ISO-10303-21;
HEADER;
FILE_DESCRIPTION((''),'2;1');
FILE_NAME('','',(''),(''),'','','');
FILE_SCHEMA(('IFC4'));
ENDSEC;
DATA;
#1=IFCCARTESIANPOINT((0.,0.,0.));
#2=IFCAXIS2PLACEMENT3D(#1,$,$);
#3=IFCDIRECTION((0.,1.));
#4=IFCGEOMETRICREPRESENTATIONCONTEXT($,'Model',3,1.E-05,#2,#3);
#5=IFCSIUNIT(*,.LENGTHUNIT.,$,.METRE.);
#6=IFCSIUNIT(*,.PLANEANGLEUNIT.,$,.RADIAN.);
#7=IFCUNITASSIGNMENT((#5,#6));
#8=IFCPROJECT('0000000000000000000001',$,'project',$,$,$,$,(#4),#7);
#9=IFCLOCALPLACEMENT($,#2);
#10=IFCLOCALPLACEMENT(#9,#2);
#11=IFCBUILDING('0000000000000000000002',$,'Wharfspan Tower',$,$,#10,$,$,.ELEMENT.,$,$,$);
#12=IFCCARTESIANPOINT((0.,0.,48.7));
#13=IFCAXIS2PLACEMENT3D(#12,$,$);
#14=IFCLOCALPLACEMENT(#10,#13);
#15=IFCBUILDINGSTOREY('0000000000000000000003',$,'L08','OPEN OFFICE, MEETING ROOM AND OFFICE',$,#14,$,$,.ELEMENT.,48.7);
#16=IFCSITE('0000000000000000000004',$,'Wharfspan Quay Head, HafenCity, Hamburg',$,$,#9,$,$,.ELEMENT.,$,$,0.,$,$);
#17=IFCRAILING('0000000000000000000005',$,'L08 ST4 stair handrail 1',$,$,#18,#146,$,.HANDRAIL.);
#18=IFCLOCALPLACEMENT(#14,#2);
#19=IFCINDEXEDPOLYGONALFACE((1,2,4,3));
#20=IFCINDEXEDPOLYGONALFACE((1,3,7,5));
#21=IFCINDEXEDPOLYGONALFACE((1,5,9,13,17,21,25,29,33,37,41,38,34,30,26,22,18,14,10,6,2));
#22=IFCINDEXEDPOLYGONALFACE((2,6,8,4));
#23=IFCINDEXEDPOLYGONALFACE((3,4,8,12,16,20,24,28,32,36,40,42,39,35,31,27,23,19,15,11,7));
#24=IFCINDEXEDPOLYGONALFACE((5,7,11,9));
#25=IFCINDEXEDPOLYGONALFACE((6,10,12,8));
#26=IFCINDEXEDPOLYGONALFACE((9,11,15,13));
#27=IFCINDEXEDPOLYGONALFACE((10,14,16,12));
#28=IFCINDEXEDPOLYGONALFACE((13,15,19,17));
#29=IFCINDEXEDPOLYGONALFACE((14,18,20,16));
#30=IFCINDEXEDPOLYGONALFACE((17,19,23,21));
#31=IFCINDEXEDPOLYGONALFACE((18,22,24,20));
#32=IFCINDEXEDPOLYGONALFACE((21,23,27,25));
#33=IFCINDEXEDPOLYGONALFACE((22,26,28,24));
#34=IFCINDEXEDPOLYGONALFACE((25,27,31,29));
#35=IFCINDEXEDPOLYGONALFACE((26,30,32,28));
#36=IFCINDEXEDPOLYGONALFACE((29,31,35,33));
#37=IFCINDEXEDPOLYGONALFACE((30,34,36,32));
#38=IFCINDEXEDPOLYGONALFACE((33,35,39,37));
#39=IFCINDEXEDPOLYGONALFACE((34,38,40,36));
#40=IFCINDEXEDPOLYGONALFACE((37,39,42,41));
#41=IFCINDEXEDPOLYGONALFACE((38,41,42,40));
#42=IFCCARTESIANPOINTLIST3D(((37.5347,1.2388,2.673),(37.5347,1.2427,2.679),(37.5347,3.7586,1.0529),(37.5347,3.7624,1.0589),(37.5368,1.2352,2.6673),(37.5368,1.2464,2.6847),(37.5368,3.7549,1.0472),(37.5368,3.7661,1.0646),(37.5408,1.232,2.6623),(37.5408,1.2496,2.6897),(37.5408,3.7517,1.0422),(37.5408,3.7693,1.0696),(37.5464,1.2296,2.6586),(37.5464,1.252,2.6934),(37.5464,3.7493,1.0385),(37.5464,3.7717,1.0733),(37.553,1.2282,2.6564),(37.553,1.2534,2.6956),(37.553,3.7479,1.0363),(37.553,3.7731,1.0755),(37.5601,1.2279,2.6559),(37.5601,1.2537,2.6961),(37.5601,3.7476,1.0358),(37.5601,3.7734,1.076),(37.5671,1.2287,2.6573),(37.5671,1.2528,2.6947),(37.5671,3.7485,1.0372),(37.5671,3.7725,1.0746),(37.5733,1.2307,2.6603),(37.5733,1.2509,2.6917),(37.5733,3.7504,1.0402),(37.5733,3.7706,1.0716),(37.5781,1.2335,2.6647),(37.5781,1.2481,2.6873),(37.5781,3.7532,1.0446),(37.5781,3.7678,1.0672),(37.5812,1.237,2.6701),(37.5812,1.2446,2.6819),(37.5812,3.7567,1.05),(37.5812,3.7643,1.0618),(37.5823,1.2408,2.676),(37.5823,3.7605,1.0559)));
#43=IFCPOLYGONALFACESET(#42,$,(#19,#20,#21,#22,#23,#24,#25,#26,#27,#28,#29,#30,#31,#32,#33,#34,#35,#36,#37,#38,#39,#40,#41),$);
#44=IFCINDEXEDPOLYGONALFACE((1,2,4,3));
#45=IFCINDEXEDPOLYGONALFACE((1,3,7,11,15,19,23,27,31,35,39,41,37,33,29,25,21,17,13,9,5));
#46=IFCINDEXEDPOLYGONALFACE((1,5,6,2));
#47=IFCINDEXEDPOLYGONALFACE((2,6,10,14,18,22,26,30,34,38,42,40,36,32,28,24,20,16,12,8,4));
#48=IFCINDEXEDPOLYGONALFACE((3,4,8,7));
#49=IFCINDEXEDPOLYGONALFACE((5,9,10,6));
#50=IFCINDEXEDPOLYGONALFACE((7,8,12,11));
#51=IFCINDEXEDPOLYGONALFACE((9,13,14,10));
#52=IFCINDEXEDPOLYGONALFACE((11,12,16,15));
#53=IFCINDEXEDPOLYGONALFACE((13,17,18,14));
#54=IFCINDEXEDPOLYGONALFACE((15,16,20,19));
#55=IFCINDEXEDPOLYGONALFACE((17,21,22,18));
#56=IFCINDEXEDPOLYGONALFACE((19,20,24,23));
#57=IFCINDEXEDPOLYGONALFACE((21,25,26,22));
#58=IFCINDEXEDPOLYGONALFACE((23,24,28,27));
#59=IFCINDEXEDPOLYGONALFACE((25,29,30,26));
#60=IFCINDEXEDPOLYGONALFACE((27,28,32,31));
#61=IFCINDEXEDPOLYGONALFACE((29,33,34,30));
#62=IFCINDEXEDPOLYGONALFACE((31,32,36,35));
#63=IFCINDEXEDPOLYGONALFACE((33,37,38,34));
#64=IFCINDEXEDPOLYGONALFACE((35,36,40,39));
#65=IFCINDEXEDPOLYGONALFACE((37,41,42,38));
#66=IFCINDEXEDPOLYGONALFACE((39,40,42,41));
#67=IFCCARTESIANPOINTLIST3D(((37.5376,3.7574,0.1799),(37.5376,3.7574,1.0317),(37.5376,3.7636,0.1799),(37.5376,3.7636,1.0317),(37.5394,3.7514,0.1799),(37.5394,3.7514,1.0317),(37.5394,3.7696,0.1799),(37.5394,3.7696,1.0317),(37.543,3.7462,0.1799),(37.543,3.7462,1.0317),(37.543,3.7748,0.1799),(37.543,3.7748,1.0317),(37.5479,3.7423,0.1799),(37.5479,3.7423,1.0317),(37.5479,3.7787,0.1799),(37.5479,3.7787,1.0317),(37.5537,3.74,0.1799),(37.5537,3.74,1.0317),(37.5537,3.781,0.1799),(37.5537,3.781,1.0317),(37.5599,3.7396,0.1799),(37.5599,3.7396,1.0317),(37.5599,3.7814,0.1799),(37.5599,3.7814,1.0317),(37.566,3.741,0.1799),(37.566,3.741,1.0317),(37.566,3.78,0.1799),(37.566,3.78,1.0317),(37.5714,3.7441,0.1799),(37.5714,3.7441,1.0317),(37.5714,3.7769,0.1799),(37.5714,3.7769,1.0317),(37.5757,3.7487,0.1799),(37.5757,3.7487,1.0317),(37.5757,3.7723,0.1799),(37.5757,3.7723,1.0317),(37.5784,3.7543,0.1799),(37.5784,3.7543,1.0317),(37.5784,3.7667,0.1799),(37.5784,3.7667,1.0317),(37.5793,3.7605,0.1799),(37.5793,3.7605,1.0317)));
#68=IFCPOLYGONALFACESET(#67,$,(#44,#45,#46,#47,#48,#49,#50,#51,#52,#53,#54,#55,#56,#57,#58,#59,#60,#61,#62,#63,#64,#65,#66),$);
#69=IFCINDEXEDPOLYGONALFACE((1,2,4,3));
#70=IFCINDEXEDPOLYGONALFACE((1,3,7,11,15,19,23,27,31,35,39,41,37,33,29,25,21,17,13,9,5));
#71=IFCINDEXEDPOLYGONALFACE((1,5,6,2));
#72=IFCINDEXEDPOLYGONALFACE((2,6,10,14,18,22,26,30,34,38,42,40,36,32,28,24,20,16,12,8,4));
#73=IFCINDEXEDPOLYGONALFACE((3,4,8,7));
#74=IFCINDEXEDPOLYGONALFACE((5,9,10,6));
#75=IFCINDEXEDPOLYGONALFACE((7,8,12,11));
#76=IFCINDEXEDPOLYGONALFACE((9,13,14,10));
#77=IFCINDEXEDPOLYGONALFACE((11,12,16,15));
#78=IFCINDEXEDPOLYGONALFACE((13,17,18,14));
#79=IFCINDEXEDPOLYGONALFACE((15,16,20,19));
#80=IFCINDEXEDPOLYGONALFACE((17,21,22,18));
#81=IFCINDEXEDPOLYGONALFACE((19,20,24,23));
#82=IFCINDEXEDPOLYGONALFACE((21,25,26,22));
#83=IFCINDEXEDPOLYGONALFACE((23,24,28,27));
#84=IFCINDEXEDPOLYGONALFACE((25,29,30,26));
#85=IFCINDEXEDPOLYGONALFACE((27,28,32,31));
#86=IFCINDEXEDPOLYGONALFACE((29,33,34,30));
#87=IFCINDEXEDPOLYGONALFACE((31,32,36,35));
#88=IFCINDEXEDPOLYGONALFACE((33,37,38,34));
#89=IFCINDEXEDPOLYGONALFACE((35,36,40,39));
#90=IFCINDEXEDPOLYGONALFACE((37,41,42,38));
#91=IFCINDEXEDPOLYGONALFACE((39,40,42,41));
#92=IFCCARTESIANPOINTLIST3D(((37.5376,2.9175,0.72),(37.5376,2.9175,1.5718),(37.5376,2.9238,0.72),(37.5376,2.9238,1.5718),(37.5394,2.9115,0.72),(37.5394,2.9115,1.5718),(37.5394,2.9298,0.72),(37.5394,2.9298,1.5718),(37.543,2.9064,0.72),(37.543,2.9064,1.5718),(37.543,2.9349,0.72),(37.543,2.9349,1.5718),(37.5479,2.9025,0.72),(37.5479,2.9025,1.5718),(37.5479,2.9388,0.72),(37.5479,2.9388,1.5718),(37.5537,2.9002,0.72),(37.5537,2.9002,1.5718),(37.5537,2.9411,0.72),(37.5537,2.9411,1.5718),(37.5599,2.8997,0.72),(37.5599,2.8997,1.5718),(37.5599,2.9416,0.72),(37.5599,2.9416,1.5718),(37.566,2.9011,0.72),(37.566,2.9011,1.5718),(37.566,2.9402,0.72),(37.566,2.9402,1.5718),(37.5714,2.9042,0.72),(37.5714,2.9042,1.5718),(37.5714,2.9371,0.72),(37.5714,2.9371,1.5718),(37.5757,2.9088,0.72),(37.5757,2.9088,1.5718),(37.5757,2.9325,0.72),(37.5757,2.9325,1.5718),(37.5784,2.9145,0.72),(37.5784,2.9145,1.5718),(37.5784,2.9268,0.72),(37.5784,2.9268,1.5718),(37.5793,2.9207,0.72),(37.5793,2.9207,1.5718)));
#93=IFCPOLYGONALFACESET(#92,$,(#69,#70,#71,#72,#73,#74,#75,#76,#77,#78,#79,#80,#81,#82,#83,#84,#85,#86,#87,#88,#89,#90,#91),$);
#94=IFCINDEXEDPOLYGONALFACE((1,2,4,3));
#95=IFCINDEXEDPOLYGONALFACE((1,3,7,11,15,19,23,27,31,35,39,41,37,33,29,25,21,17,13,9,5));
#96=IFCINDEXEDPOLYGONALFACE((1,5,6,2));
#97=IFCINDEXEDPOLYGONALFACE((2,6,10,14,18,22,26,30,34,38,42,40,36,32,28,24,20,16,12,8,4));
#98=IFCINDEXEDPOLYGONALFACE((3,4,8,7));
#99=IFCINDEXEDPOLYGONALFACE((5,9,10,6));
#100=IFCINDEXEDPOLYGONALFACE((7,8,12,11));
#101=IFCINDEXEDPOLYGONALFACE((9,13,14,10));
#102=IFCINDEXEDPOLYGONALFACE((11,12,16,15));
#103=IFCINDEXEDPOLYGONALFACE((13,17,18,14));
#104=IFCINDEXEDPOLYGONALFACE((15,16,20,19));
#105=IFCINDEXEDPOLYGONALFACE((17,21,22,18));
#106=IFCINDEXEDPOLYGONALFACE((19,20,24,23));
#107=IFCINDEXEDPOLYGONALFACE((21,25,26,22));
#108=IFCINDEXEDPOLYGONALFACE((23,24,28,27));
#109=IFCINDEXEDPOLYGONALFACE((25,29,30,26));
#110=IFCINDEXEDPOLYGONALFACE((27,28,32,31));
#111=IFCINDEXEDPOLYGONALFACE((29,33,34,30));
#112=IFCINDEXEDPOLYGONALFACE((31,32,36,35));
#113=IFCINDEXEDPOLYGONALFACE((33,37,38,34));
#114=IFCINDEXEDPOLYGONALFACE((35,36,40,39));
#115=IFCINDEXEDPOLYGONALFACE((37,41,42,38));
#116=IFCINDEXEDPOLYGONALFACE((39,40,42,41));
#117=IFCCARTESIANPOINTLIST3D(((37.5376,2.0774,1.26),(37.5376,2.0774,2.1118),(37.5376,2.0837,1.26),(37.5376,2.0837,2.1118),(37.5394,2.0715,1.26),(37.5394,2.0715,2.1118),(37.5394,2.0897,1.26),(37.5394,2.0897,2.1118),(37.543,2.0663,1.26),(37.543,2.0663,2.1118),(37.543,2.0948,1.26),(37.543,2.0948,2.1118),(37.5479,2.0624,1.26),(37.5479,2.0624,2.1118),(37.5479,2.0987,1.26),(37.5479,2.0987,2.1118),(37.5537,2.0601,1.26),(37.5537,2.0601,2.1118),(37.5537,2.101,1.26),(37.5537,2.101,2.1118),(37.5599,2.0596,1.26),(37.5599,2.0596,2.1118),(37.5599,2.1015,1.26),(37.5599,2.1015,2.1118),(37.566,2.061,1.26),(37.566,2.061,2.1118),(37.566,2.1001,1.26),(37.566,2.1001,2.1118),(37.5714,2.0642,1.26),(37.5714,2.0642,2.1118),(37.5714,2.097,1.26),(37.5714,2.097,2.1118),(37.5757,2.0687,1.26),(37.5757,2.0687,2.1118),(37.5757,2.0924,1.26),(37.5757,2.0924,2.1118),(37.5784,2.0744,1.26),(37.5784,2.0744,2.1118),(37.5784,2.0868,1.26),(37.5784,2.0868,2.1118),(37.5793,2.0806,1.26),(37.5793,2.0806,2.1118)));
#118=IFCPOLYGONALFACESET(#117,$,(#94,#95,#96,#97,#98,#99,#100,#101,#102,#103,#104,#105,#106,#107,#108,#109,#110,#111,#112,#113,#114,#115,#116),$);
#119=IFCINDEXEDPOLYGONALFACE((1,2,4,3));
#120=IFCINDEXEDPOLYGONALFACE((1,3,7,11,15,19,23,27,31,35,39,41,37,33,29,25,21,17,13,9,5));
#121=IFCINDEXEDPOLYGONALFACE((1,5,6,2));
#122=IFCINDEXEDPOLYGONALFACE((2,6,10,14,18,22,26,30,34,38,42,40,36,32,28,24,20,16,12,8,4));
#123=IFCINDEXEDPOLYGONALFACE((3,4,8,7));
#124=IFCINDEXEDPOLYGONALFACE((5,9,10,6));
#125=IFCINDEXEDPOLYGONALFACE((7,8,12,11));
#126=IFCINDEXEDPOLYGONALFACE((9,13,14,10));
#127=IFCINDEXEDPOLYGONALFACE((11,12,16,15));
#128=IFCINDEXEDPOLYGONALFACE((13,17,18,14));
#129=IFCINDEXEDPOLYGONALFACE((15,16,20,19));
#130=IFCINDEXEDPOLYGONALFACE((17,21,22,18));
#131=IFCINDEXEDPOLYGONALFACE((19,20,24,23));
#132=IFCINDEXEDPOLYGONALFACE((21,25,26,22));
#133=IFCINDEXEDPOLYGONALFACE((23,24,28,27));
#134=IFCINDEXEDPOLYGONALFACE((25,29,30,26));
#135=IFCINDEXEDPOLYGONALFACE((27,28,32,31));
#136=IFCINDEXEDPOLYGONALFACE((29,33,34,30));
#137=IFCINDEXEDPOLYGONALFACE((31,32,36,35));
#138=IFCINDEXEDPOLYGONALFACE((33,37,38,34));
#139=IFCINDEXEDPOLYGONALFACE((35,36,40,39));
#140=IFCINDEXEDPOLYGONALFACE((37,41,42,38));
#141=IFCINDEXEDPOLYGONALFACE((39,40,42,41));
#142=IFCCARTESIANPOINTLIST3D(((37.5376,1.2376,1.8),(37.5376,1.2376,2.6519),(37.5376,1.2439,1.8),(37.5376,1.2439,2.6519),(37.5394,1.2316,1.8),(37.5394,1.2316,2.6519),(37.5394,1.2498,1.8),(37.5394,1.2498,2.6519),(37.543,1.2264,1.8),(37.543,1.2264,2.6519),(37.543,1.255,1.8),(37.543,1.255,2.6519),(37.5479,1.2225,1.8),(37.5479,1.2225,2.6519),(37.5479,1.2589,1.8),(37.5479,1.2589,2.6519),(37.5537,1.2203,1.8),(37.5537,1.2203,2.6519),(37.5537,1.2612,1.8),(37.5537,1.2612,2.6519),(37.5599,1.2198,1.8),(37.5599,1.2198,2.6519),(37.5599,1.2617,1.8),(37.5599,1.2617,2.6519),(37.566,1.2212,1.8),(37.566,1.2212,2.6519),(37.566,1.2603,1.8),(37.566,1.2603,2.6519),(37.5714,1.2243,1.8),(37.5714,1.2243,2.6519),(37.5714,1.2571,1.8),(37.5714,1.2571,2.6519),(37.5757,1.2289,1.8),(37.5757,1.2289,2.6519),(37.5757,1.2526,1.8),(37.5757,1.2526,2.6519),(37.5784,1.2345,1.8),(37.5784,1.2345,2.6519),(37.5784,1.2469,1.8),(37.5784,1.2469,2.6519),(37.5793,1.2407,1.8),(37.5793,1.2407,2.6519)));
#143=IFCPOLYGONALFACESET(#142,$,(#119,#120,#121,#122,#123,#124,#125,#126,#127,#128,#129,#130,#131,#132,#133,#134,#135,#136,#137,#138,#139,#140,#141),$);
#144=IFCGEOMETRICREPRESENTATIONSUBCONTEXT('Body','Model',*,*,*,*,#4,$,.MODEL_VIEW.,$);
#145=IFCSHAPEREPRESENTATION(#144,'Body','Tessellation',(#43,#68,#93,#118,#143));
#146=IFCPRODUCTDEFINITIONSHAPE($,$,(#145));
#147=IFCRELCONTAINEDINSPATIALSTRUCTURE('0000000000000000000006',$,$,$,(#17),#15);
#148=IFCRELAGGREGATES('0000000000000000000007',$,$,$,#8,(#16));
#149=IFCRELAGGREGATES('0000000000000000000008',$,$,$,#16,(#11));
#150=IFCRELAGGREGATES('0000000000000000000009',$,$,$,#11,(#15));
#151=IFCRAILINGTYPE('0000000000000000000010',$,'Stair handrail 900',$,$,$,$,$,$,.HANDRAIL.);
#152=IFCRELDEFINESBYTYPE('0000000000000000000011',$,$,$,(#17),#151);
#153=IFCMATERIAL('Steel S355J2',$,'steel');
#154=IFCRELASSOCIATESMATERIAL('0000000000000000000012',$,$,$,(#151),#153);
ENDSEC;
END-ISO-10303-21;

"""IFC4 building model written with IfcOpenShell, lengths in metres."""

from ifc_helpers import new_model, si_unit, direction, frame, origin, origin_2d, place, context, subcontext, project, spatial, circle, extrude, material, type_object, element, save


model = new_model("IFC4")

# Units and contexts
model_context = context("Model", 3, precision=1e-05, world=origin(), true_north=direction((0.0, 1.0)))
body_context = subcontext(model_context, "Body", "Model", "MODEL_VIEW")
ifc_project = project(units=[si_unit("LENGTHUNIT", "METRE"), si_unit("PLANEANGLEUNIT", "RADIAN")], contexts=[model_context])

# Site, building, storey
site_placement = place(None, origin())
site = spatial("IfcSite", under=ifc_project, at=site_placement, Name="Wharfspan Quay Head, HafenCity, Hamburg", CompositionType="ELEMENT", RefElevation=0.0)
building_placement = place(site_placement, origin())
building = spatial("IfcBuilding", under=site, at=building_placement, Name="Wharfspan Tower", CompositionType="ELEMENT")
storey_placement = place(building_placement, frame((0.0, 0.0, 48.7)))
storey = spatial("IfcBuildingStorey", under=building, at=storey_placement, Name="L08", Description="OPEN OFFICE, MEETING ROOM AND OFFICE", CompositionType="ELEMENT", Elevation=48.7)

# Shared definitions
ifc_material_1 = material(Name="Steel S355J2", Category="steel")

# Railing
railing_type_1 = type_object("IfcRailingType", Name="Stair handrail 900", PredefinedType="HANDRAIL", material=ifc_material_1)
railing_1_placement = place(storey_placement, frame((37.5583, 3.7605, 0.1799)))
element("IfcRailing", 1, at=railing_1_placement, inside=storey, type_object=railing_type_1, Name="L08 ST4 stair handrail 1", PredefinedType="HANDRAIL", context=body_context, shape_type="SweptSolid", body=[
    extrude(circle(Radius=0.0239, at=origin_2d()), frame((0.0, 0.0, 0.876), z_axis=(0.0, -0.841139, 0.540819), x_axis=(1.0, 0.0, 0.0)), (0.0, 0.0, 1.0), 2.9956),
    extrude(circle(Radius=0.021, at=origin_2d()), origin(), (0.0, 0.0, 1.0), 0.8518),
    extrude(circle(Radius=0.021, at=origin_2d()), frame((0.0, -0.8398, 0.54)), (0.0, 0.0, 1.0), 0.8518),
    extrude(circle(Radius=0.021, at=origin_2d()), frame((0.0, -1.6799, 1.0801)), (0.0, 0.0, 1.0), 0.8518),
    extrude(circle(Radius=0.021, at=origin_2d()), frame((0.0, -2.5198, 1.6201)), (0.0, 0.0, 1.0), 0.8518),
])

save(model, "model.ifc")
